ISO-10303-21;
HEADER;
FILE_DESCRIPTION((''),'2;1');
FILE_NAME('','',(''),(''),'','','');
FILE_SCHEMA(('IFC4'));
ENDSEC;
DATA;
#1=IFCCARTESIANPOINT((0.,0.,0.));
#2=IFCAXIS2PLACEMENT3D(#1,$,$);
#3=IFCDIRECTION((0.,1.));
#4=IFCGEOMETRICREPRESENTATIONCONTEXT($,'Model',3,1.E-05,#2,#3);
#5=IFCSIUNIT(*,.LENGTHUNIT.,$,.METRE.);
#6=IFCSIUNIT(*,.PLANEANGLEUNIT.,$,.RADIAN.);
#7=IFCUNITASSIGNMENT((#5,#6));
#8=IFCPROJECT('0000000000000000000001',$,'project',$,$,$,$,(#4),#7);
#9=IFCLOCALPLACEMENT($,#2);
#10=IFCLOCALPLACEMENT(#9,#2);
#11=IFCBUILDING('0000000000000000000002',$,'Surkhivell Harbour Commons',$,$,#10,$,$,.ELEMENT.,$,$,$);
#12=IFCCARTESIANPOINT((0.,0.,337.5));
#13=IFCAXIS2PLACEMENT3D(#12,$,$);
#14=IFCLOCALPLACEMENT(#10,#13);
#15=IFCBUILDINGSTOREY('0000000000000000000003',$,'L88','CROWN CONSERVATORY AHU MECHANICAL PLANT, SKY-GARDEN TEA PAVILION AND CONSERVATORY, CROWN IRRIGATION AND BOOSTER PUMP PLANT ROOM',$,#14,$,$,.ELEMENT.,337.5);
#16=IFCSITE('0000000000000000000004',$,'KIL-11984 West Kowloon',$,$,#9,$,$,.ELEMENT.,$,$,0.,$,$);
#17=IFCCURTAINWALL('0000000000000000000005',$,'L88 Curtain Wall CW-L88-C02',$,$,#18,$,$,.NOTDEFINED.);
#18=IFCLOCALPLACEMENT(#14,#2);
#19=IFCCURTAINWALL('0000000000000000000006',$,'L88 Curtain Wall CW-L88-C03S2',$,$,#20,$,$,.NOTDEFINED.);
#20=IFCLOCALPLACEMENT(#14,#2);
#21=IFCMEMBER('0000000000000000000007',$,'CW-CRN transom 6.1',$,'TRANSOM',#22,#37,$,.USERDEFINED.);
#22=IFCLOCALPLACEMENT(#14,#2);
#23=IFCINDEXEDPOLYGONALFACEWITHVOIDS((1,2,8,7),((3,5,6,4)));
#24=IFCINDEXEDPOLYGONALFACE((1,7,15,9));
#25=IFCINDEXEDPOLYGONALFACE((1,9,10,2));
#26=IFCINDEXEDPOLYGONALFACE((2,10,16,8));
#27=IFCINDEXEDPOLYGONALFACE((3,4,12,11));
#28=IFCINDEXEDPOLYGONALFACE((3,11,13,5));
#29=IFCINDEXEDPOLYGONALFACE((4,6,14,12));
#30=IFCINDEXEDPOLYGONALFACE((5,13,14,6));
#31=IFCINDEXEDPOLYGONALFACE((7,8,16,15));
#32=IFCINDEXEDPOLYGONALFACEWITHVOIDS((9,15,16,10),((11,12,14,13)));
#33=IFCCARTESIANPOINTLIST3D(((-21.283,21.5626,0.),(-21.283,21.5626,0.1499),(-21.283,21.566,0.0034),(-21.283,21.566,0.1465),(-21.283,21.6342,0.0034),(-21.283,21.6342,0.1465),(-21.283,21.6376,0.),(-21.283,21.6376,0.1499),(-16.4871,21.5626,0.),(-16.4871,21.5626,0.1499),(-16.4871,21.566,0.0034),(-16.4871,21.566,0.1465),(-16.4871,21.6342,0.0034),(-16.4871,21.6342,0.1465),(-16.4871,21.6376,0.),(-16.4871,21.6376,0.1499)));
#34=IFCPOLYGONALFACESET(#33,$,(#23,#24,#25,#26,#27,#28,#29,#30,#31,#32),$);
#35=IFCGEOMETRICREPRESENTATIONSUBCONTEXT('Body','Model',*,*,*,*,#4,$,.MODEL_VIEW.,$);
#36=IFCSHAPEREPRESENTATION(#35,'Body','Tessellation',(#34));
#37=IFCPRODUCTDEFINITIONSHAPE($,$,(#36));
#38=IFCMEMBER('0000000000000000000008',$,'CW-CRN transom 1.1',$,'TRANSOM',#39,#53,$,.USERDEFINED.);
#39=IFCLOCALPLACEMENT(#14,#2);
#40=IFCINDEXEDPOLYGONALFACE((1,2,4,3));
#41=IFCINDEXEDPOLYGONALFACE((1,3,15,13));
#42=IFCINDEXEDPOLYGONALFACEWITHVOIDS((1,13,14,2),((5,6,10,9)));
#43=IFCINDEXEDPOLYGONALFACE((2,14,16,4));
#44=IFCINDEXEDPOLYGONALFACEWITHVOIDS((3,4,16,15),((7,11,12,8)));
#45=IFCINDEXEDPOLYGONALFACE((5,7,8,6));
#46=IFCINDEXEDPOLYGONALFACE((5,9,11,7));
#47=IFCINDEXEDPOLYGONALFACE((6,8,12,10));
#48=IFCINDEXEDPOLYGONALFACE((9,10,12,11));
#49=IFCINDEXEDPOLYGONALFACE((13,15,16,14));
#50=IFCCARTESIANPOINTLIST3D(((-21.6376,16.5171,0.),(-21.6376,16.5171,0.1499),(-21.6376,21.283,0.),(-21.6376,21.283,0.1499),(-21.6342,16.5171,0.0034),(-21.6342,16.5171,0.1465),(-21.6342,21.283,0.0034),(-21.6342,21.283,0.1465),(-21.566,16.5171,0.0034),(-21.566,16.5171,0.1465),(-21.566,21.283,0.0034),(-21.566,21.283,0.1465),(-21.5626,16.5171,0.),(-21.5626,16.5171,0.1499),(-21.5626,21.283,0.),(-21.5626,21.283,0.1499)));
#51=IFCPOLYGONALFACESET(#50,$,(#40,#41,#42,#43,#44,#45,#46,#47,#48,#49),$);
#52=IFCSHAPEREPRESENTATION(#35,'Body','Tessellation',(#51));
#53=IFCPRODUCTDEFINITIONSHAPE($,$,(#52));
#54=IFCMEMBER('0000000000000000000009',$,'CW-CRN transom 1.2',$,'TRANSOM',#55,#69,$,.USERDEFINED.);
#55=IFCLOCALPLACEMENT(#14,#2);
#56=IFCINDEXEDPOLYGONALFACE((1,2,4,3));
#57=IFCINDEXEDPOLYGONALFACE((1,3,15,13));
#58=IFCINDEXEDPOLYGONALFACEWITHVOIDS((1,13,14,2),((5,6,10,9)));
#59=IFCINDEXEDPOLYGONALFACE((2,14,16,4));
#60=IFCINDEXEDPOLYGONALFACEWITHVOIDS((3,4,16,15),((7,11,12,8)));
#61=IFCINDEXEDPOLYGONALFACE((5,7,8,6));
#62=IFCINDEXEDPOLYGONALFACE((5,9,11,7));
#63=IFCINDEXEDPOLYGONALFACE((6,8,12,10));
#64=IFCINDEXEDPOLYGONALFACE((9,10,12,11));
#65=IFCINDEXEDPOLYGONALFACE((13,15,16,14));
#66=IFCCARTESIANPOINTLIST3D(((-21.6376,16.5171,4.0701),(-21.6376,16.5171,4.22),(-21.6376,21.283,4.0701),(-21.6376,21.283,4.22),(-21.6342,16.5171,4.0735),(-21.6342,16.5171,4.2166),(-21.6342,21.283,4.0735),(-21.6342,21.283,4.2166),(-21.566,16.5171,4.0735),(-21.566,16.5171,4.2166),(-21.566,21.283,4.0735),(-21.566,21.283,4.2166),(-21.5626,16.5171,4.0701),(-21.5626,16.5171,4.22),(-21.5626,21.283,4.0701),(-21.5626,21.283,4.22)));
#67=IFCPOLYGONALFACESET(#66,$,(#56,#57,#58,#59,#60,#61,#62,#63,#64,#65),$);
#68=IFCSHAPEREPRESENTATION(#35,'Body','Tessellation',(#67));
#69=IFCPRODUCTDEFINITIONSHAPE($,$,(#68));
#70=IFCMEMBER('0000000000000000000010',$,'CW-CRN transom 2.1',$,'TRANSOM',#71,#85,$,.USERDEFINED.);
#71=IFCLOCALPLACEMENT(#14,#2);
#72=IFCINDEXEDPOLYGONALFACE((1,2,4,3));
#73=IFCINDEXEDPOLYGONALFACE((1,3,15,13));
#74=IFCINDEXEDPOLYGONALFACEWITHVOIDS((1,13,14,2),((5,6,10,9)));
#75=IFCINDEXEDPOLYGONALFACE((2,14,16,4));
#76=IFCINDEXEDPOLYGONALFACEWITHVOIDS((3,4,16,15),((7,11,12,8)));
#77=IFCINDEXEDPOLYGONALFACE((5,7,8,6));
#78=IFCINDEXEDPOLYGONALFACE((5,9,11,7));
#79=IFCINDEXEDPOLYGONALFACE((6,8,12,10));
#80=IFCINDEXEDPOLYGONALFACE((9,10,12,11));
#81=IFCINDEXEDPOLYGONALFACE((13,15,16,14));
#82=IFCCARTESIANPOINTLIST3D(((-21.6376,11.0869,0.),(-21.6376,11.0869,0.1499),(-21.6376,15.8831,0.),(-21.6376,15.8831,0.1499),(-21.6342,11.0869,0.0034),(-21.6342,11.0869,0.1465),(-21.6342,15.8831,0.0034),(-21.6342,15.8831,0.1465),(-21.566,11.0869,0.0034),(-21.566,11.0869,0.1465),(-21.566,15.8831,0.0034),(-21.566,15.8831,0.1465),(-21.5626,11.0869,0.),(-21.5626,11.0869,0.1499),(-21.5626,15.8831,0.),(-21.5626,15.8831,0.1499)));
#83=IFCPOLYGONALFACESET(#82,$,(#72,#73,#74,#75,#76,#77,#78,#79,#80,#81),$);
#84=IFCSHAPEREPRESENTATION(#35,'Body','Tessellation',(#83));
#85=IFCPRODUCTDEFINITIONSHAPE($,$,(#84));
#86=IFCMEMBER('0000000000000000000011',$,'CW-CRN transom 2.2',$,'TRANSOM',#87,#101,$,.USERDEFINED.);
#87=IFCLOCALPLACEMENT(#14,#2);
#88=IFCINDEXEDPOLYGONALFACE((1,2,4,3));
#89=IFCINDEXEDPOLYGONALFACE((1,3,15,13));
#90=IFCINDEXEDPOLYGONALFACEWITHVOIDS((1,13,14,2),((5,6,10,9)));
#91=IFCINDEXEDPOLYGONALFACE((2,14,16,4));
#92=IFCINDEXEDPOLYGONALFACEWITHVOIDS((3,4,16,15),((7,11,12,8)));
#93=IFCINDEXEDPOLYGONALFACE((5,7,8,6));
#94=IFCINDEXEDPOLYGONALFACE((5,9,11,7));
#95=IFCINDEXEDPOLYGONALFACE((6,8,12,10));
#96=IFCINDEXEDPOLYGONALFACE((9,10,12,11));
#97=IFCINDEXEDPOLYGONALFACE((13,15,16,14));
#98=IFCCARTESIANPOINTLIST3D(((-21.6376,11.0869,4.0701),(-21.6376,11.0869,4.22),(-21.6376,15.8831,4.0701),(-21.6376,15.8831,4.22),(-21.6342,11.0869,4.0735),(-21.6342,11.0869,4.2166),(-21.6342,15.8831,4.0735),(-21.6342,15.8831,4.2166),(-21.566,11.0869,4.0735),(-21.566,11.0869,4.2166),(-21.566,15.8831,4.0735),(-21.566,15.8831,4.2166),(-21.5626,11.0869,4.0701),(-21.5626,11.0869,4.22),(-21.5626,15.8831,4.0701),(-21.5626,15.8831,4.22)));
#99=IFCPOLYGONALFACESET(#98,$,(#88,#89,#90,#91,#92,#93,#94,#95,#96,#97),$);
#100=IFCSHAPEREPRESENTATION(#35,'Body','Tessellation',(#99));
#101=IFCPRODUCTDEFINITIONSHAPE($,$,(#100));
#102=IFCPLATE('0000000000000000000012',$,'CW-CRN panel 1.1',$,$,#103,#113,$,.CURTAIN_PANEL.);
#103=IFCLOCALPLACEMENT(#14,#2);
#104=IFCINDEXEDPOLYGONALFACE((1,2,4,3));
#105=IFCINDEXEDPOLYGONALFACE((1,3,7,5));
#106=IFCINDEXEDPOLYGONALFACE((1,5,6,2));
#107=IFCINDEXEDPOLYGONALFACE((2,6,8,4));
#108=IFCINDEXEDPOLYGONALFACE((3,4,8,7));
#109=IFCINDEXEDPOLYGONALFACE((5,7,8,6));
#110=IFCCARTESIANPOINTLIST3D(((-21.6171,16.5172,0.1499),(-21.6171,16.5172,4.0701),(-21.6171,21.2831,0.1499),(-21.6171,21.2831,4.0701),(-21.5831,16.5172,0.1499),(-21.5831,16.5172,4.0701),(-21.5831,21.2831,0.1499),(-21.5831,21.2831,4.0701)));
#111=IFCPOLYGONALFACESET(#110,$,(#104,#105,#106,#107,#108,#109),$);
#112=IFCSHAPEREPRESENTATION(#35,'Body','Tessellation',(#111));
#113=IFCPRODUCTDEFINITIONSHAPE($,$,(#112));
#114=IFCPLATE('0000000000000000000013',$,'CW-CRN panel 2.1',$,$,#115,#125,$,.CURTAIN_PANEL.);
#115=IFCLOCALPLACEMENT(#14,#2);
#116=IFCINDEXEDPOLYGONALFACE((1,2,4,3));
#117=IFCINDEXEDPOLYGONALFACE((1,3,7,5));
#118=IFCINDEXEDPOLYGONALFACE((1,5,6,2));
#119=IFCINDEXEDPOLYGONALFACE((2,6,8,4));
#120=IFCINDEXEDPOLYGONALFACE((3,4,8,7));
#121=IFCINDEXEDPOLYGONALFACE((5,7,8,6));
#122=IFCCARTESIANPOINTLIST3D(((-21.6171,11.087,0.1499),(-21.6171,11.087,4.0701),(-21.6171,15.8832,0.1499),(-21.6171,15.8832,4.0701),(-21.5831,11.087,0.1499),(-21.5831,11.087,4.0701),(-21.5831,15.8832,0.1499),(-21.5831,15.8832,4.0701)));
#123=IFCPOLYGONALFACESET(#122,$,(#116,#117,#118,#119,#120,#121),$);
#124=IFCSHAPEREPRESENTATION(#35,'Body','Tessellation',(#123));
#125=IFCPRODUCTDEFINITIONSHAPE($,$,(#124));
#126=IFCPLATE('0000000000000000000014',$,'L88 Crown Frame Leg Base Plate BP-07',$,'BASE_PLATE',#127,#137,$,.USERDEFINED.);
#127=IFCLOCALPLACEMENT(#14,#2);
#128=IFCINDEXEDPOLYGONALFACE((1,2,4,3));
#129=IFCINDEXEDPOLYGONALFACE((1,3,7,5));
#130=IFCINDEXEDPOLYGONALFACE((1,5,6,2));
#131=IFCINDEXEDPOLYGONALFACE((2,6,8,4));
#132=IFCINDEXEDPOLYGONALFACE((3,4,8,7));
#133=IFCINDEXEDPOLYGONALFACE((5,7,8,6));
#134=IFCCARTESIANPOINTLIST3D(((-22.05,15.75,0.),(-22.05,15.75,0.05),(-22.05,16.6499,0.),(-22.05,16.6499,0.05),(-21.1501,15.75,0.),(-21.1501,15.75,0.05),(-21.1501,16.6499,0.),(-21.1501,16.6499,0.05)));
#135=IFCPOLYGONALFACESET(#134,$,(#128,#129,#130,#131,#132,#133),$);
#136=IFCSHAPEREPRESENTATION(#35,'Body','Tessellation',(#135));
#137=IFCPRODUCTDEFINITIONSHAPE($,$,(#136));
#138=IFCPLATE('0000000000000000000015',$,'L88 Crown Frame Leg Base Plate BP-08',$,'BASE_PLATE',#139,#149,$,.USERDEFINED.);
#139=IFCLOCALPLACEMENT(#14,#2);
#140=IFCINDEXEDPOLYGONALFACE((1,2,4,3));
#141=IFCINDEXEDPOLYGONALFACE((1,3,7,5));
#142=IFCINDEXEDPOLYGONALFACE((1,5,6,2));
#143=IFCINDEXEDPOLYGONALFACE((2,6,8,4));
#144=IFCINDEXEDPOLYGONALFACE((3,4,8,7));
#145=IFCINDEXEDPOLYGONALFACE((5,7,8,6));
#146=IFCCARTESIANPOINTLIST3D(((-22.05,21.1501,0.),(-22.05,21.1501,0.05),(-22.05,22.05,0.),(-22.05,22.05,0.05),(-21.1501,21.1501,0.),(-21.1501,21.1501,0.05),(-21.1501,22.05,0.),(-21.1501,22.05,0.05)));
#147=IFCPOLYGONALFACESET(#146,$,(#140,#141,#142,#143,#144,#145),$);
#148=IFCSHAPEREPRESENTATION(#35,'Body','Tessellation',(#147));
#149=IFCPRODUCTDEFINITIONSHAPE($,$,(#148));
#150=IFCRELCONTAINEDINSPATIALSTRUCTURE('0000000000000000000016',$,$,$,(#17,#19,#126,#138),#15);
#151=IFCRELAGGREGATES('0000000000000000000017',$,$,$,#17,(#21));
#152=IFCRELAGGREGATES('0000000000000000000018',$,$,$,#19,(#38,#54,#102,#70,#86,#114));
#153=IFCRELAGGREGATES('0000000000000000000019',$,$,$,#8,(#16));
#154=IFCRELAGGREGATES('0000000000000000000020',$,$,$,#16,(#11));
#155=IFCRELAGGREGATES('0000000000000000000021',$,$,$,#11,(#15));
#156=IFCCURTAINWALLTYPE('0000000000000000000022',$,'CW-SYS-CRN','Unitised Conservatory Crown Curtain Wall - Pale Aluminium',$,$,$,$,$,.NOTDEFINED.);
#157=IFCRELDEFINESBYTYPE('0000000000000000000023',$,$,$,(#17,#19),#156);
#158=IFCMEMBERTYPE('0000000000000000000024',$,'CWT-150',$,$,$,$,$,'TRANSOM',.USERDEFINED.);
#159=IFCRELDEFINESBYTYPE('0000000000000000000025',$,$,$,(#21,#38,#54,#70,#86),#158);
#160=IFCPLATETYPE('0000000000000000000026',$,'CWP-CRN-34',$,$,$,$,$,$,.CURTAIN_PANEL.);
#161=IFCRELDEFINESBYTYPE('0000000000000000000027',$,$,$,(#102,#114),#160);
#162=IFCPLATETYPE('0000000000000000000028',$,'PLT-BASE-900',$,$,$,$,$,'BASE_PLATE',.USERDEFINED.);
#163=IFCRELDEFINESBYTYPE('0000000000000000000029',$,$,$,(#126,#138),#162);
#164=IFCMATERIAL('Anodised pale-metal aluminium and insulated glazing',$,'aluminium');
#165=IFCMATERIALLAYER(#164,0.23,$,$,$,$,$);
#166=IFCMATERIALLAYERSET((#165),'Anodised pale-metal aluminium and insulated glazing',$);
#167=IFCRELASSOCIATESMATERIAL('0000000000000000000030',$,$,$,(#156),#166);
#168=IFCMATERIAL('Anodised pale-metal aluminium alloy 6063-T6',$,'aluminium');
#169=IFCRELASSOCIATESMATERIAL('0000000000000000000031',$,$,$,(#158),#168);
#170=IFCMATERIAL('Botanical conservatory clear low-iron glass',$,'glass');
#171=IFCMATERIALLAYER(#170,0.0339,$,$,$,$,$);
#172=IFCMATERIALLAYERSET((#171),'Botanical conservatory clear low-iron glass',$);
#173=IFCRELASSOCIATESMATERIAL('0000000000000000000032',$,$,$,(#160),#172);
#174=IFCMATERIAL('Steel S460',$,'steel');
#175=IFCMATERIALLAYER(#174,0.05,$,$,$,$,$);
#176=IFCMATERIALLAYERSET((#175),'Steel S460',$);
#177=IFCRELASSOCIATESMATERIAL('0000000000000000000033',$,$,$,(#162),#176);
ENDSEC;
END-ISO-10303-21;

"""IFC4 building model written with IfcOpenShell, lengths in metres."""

from ifc_helpers import new_model, si_unit, direction, frame, frame_2d, origin, origin_2d, place, context, subcontext, project, spatial, rectangle, hollow_rectangle, extrude, material, layer, layer_set, material_profile, profile_set, type_object, element, aggregate, save


model = new_model("IFC4")

# Units and contexts
model_context = context("Model", 3, precision=1e-05, world=origin(), true_north=direction((0.0, 1.0)))
body_context = subcontext(model_context, "Body", "Model", "MODEL_VIEW")
ifc_project = project(units=[si_unit("LENGTHUNIT", "METRE"), si_unit("PLANEANGLEUNIT", "RADIAN")], contexts=[model_context])

# Site, building, storey
site_placement = place(None, origin())
site = spatial("IfcSite", under=ifc_project, at=site_placement, Name="KIL-11984 West Kowloon", CompositionType="ELEMENT", RefElevation=0.0)
building_placement = place(site_placement, origin())
building = spatial("IfcBuilding", under=site, at=building_placement, Name="Surkhivell Harbour Commons", CompositionType="ELEMENT")
storey_placement = place(building_placement, frame((0.0, 0.0, 337.5)))
storey = spatial("IfcBuildingStorey", under=building, at=storey_placement, Name="L88", Description="CROWN CONSERVATORY AHU MECHANICAL PLANT, SKY-GARDEN TEA PAVILION AND CONSERVATORY, CROWN IRRIGATION AND BOOSTER PUMP PLANT ROOM", CompositionType="ELEMENT", Elevation=337.5)

# Shared definitions
ifc_material_1 = material(Name="Steel S460", Category="steel")

# Curtain wall
ifc_material_2 = material(Name="Anodised pale-metal aluminium and insulated glazing", Category="aluminium")
ifc_layer_1 = layer(ifc_material_2, 0.23)
ifc_layer_set_1 = layer_set([ifc_layer_1], Name="Anodised pale-metal aluminium and insulated glazing")
curtain_wall_type = type_object("IfcCurtainWallType", Name="CW-SYS-CRN", Description="Unitised Conservatory Crown Curtain Wall - Pale Aluminium", PredefinedType="NOTDEFINED", material=ifc_layer_set_1)
curtain_wall_1_placement = place(storey_placement, origin())
curtain_wall_1 = element("IfcCurtainWall", 1, at=curtain_wall_1_placement, inside=storey, type_object=curtain_wall_type, Name="L88 Curtain Wall CW-L88-C02", PredefinedType="NOTDEFINED")
ifc_material_3 = material(Name="Anodised pale-metal aluminium alloy 6063-T6", Category="aluminium")

# Curtain wall
curtain_wall_2_placement = place(storey_placement, origin())
curtain_wall_2 = element("IfcCurtainWall", 2, at=curtain_wall_2_placement, inside=storey, type_object=curtain_wall_type, Name="L88 Curtain Wall CW-L88-C03S2", PredefinedType="NOTDEFINED")

# Members
ifc_material_profile_1 = material_profile(ifc_material_3, hollow_rectangle(XDim=0.075, YDim=0.1499, WallThickness=0.0034, at=origin_2d()), Name="ALU-TRAN-75x150")
ifc_profile_set_1 = profile_set([ifc_material_profile_1], Name="Anodised pale-metal aluminium alloy 6063-T6")
member_type_1 = type_object("IfcMemberType", Name="CWT-150", ElementType="TRANSOM", PredefinedType="USERDEFINED", material=ifc_profile_set_1)
member_1_placement = place(storey_placement, frame((-16.4871, 21.6001, 0.075), z_axis=(-1.0, 0.0, 0.0), x_axis=(0.0, -1.0, 0.0)))
member_1 = element("IfcMember", 3, at=member_1_placement, type_object=member_type_1, Name="CW-CRN transom 6.1", ObjectType="TRANSOM", PredefinedType="USERDEFINED", context=body_context, shape_type="SweptSolid", body=[
    extrude(hollow_rectangle(XDim=0.075, YDim=0.1499, WallThickness=0.0034, at=origin_2d()), origin(), (0.0, 0.0, 1.0), 4.7959),
])
aggregate(curtain_wall_1, [member_1])
member_2_placement = place(storey_placement, frame((-21.6001, 21.283, 0.075), z_axis=(0.0, -1.0, 0.0), x_axis=(1.0, 0.0, 0.0)))
member_2 = element("IfcMember", 4, at=member_2_placement, type_object=member_type_1, Name="CW-CRN transom 1.1", ObjectType="TRANSOM", PredefinedType="USERDEFINED", context=body_context, shape_type="SweptSolid", body=[
    extrude(hollow_rectangle(XDim=0.075, YDim=0.1499, WallThickness=0.0034, at=origin_2d()), origin(), (0.0, 0.0, 1.0), 4.7659),
])
member_3_placement = place(storey_placement, frame((-21.6001, 21.283, 4.145), z_axis=(0.0, -1.0, 0.0), x_axis=(1.0, 0.0, 0.0)))
member_3 = element("IfcMember", 5, at=member_3_placement, type_object=member_type_1, Name="CW-CRN transom 1.2", ObjectType="TRANSOM", PredefinedType="USERDEFINED", context=body_context, shape_type="SweptSolid", body=[
    extrude(hollow_rectangle(XDim=0.075, YDim=0.1499, WallThickness=0.0034, at=origin_2d()), origin(), (0.0, 0.0, 1.0), 4.7659),
])
member_4_placement = place(storey_placement, frame((-21.6001, 15.8831, 0.075), z_axis=(0.0, -1.0, 0.0), x_axis=(1.0, 0.0, 0.0)))
member_4 = element("IfcMember", 6, at=member_4_placement, type_object=member_type_1, Name="CW-CRN transom 2.1", ObjectType="TRANSOM", PredefinedType="USERDEFINED", context=body_context, shape_type="SweptSolid", body=[
    extrude(hollow_rectangle(XDim=0.075, YDim=0.1499, WallThickness=0.0034, at=origin_2d()), origin(), (0.0, 0.0, 1.0), 4.7961),
])
member_5_placement = place(storey_placement, frame((-21.6001, 15.8831, 4.145), z_axis=(0.0, -1.0, 0.0), x_axis=(1.0, 0.0, 0.0)))
member_5 = element("IfcMember", 7, at=member_5_placement, type_object=member_type_1, Name="CW-CRN transom 2.2", ObjectType="TRANSOM", PredefinedType="USERDEFINED", context=body_context, shape_type="SweptSolid", body=[
    extrude(hollow_rectangle(XDim=0.075, YDim=0.1499, WallThickness=0.0034, at=origin_2d()), origin(), (0.0, 0.0, 1.0), 4.7961),
])

# Plates
ifc_material_4 = material(Name="Botanical conservatory clear low-iron glass", Category="glass")
ifc_layer_2 = layer(ifc_material_4, 0.0339)
ifc_layer_set_2 = layer_set([ifc_layer_2], Name="Botanical conservatory clear low-iron glass")
plate_type_1 = type_object("IfcPlateType", Name="CWP-CRN-34", PredefinedType="CURTAIN_PANEL", material=ifc_layer_set_2)
plate_1_placement = place(storey_placement, frame((-21.6001, 21.283, 0.1499), z_axis=(0.0, 0.0, 1.0), x_axis=(0.0, -1.0, 0.0)))
plate_1 = element("IfcPlate", 8, at=plate_1_placement, type_object=plate_type_1, Name="CW-CRN panel 1.1", PredefinedType="CURTAIN_PANEL", context=body_context, shape_type="SweptSolid", body=[
    extrude(rectangle(XDim=4.7659, YDim=0.0339, at=frame_2d((2.3828, 0.0))), origin(), (0.0, 0.0, 1.0), 3.9202),
])
plate_2_placement = place(storey_placement, frame((-21.6001, 15.8831, 0.1499), z_axis=(0.0, 0.0, 1.0), x_axis=(0.0, -1.0, 0.0)))
plate_2 = element("IfcPlate", 9, at=plate_2_placement, type_object=plate_type_1, Name="CW-CRN panel 2.1", PredefinedType="CURTAIN_PANEL", context=body_context, shape_type="SweptSolid", body=[
    extrude(rectangle(XDim=4.7961, YDim=0.0339, at=frame_2d((2.3979, 0.0))), origin(), (0.0, 0.0, 1.0), 3.9202),
])
aggregate(curtain_wall_2, [member_2, member_3, plate_1, member_4, member_5, plate_2])

# Plates
ifc_layer_3 = layer(ifc_material_1, 0.05)
ifc_layer_set_3 = layer_set([ifc_layer_3], Name="Steel S460")
plate_type_2 = type_object("IfcPlateType", Name="PLT-BASE-900", ElementType="BASE_PLATE", PredefinedType="USERDEFINED", material=ifc_layer_set_3)
for number, where, z_axis, x_axis, name in (
    (10, (-21.6001, 16.2, 0.0), (0.0, 0.0, 1.0), (1.0, 0.0, 0.0), "L88 Crown Frame Leg Base Plate BP-07"),
    (11, (-21.6001, 21.6001, 0.0), (0.0, 0.0, 1.0), (1.0, 0.0, 0.0), "L88 Crown Frame Leg Base Plate BP-08"),
):
    element("IfcPlate", number, at=place(storey_placement, frame(where, z_axis=z_axis, x_axis=x_axis)), inside=storey, type_object=plate_type_2, Name=name, ObjectType="BASE_PLATE", PredefinedType="USERDEFINED", context=body_context, shape_type="SweptSolid", body=[
        extrude(rectangle(XDim=0.8999, YDim=0.8999, at=origin_2d()), origin(), (0.0, 0.0, 1.0), 0.05),
    ])

save(model, "model.ifc")
